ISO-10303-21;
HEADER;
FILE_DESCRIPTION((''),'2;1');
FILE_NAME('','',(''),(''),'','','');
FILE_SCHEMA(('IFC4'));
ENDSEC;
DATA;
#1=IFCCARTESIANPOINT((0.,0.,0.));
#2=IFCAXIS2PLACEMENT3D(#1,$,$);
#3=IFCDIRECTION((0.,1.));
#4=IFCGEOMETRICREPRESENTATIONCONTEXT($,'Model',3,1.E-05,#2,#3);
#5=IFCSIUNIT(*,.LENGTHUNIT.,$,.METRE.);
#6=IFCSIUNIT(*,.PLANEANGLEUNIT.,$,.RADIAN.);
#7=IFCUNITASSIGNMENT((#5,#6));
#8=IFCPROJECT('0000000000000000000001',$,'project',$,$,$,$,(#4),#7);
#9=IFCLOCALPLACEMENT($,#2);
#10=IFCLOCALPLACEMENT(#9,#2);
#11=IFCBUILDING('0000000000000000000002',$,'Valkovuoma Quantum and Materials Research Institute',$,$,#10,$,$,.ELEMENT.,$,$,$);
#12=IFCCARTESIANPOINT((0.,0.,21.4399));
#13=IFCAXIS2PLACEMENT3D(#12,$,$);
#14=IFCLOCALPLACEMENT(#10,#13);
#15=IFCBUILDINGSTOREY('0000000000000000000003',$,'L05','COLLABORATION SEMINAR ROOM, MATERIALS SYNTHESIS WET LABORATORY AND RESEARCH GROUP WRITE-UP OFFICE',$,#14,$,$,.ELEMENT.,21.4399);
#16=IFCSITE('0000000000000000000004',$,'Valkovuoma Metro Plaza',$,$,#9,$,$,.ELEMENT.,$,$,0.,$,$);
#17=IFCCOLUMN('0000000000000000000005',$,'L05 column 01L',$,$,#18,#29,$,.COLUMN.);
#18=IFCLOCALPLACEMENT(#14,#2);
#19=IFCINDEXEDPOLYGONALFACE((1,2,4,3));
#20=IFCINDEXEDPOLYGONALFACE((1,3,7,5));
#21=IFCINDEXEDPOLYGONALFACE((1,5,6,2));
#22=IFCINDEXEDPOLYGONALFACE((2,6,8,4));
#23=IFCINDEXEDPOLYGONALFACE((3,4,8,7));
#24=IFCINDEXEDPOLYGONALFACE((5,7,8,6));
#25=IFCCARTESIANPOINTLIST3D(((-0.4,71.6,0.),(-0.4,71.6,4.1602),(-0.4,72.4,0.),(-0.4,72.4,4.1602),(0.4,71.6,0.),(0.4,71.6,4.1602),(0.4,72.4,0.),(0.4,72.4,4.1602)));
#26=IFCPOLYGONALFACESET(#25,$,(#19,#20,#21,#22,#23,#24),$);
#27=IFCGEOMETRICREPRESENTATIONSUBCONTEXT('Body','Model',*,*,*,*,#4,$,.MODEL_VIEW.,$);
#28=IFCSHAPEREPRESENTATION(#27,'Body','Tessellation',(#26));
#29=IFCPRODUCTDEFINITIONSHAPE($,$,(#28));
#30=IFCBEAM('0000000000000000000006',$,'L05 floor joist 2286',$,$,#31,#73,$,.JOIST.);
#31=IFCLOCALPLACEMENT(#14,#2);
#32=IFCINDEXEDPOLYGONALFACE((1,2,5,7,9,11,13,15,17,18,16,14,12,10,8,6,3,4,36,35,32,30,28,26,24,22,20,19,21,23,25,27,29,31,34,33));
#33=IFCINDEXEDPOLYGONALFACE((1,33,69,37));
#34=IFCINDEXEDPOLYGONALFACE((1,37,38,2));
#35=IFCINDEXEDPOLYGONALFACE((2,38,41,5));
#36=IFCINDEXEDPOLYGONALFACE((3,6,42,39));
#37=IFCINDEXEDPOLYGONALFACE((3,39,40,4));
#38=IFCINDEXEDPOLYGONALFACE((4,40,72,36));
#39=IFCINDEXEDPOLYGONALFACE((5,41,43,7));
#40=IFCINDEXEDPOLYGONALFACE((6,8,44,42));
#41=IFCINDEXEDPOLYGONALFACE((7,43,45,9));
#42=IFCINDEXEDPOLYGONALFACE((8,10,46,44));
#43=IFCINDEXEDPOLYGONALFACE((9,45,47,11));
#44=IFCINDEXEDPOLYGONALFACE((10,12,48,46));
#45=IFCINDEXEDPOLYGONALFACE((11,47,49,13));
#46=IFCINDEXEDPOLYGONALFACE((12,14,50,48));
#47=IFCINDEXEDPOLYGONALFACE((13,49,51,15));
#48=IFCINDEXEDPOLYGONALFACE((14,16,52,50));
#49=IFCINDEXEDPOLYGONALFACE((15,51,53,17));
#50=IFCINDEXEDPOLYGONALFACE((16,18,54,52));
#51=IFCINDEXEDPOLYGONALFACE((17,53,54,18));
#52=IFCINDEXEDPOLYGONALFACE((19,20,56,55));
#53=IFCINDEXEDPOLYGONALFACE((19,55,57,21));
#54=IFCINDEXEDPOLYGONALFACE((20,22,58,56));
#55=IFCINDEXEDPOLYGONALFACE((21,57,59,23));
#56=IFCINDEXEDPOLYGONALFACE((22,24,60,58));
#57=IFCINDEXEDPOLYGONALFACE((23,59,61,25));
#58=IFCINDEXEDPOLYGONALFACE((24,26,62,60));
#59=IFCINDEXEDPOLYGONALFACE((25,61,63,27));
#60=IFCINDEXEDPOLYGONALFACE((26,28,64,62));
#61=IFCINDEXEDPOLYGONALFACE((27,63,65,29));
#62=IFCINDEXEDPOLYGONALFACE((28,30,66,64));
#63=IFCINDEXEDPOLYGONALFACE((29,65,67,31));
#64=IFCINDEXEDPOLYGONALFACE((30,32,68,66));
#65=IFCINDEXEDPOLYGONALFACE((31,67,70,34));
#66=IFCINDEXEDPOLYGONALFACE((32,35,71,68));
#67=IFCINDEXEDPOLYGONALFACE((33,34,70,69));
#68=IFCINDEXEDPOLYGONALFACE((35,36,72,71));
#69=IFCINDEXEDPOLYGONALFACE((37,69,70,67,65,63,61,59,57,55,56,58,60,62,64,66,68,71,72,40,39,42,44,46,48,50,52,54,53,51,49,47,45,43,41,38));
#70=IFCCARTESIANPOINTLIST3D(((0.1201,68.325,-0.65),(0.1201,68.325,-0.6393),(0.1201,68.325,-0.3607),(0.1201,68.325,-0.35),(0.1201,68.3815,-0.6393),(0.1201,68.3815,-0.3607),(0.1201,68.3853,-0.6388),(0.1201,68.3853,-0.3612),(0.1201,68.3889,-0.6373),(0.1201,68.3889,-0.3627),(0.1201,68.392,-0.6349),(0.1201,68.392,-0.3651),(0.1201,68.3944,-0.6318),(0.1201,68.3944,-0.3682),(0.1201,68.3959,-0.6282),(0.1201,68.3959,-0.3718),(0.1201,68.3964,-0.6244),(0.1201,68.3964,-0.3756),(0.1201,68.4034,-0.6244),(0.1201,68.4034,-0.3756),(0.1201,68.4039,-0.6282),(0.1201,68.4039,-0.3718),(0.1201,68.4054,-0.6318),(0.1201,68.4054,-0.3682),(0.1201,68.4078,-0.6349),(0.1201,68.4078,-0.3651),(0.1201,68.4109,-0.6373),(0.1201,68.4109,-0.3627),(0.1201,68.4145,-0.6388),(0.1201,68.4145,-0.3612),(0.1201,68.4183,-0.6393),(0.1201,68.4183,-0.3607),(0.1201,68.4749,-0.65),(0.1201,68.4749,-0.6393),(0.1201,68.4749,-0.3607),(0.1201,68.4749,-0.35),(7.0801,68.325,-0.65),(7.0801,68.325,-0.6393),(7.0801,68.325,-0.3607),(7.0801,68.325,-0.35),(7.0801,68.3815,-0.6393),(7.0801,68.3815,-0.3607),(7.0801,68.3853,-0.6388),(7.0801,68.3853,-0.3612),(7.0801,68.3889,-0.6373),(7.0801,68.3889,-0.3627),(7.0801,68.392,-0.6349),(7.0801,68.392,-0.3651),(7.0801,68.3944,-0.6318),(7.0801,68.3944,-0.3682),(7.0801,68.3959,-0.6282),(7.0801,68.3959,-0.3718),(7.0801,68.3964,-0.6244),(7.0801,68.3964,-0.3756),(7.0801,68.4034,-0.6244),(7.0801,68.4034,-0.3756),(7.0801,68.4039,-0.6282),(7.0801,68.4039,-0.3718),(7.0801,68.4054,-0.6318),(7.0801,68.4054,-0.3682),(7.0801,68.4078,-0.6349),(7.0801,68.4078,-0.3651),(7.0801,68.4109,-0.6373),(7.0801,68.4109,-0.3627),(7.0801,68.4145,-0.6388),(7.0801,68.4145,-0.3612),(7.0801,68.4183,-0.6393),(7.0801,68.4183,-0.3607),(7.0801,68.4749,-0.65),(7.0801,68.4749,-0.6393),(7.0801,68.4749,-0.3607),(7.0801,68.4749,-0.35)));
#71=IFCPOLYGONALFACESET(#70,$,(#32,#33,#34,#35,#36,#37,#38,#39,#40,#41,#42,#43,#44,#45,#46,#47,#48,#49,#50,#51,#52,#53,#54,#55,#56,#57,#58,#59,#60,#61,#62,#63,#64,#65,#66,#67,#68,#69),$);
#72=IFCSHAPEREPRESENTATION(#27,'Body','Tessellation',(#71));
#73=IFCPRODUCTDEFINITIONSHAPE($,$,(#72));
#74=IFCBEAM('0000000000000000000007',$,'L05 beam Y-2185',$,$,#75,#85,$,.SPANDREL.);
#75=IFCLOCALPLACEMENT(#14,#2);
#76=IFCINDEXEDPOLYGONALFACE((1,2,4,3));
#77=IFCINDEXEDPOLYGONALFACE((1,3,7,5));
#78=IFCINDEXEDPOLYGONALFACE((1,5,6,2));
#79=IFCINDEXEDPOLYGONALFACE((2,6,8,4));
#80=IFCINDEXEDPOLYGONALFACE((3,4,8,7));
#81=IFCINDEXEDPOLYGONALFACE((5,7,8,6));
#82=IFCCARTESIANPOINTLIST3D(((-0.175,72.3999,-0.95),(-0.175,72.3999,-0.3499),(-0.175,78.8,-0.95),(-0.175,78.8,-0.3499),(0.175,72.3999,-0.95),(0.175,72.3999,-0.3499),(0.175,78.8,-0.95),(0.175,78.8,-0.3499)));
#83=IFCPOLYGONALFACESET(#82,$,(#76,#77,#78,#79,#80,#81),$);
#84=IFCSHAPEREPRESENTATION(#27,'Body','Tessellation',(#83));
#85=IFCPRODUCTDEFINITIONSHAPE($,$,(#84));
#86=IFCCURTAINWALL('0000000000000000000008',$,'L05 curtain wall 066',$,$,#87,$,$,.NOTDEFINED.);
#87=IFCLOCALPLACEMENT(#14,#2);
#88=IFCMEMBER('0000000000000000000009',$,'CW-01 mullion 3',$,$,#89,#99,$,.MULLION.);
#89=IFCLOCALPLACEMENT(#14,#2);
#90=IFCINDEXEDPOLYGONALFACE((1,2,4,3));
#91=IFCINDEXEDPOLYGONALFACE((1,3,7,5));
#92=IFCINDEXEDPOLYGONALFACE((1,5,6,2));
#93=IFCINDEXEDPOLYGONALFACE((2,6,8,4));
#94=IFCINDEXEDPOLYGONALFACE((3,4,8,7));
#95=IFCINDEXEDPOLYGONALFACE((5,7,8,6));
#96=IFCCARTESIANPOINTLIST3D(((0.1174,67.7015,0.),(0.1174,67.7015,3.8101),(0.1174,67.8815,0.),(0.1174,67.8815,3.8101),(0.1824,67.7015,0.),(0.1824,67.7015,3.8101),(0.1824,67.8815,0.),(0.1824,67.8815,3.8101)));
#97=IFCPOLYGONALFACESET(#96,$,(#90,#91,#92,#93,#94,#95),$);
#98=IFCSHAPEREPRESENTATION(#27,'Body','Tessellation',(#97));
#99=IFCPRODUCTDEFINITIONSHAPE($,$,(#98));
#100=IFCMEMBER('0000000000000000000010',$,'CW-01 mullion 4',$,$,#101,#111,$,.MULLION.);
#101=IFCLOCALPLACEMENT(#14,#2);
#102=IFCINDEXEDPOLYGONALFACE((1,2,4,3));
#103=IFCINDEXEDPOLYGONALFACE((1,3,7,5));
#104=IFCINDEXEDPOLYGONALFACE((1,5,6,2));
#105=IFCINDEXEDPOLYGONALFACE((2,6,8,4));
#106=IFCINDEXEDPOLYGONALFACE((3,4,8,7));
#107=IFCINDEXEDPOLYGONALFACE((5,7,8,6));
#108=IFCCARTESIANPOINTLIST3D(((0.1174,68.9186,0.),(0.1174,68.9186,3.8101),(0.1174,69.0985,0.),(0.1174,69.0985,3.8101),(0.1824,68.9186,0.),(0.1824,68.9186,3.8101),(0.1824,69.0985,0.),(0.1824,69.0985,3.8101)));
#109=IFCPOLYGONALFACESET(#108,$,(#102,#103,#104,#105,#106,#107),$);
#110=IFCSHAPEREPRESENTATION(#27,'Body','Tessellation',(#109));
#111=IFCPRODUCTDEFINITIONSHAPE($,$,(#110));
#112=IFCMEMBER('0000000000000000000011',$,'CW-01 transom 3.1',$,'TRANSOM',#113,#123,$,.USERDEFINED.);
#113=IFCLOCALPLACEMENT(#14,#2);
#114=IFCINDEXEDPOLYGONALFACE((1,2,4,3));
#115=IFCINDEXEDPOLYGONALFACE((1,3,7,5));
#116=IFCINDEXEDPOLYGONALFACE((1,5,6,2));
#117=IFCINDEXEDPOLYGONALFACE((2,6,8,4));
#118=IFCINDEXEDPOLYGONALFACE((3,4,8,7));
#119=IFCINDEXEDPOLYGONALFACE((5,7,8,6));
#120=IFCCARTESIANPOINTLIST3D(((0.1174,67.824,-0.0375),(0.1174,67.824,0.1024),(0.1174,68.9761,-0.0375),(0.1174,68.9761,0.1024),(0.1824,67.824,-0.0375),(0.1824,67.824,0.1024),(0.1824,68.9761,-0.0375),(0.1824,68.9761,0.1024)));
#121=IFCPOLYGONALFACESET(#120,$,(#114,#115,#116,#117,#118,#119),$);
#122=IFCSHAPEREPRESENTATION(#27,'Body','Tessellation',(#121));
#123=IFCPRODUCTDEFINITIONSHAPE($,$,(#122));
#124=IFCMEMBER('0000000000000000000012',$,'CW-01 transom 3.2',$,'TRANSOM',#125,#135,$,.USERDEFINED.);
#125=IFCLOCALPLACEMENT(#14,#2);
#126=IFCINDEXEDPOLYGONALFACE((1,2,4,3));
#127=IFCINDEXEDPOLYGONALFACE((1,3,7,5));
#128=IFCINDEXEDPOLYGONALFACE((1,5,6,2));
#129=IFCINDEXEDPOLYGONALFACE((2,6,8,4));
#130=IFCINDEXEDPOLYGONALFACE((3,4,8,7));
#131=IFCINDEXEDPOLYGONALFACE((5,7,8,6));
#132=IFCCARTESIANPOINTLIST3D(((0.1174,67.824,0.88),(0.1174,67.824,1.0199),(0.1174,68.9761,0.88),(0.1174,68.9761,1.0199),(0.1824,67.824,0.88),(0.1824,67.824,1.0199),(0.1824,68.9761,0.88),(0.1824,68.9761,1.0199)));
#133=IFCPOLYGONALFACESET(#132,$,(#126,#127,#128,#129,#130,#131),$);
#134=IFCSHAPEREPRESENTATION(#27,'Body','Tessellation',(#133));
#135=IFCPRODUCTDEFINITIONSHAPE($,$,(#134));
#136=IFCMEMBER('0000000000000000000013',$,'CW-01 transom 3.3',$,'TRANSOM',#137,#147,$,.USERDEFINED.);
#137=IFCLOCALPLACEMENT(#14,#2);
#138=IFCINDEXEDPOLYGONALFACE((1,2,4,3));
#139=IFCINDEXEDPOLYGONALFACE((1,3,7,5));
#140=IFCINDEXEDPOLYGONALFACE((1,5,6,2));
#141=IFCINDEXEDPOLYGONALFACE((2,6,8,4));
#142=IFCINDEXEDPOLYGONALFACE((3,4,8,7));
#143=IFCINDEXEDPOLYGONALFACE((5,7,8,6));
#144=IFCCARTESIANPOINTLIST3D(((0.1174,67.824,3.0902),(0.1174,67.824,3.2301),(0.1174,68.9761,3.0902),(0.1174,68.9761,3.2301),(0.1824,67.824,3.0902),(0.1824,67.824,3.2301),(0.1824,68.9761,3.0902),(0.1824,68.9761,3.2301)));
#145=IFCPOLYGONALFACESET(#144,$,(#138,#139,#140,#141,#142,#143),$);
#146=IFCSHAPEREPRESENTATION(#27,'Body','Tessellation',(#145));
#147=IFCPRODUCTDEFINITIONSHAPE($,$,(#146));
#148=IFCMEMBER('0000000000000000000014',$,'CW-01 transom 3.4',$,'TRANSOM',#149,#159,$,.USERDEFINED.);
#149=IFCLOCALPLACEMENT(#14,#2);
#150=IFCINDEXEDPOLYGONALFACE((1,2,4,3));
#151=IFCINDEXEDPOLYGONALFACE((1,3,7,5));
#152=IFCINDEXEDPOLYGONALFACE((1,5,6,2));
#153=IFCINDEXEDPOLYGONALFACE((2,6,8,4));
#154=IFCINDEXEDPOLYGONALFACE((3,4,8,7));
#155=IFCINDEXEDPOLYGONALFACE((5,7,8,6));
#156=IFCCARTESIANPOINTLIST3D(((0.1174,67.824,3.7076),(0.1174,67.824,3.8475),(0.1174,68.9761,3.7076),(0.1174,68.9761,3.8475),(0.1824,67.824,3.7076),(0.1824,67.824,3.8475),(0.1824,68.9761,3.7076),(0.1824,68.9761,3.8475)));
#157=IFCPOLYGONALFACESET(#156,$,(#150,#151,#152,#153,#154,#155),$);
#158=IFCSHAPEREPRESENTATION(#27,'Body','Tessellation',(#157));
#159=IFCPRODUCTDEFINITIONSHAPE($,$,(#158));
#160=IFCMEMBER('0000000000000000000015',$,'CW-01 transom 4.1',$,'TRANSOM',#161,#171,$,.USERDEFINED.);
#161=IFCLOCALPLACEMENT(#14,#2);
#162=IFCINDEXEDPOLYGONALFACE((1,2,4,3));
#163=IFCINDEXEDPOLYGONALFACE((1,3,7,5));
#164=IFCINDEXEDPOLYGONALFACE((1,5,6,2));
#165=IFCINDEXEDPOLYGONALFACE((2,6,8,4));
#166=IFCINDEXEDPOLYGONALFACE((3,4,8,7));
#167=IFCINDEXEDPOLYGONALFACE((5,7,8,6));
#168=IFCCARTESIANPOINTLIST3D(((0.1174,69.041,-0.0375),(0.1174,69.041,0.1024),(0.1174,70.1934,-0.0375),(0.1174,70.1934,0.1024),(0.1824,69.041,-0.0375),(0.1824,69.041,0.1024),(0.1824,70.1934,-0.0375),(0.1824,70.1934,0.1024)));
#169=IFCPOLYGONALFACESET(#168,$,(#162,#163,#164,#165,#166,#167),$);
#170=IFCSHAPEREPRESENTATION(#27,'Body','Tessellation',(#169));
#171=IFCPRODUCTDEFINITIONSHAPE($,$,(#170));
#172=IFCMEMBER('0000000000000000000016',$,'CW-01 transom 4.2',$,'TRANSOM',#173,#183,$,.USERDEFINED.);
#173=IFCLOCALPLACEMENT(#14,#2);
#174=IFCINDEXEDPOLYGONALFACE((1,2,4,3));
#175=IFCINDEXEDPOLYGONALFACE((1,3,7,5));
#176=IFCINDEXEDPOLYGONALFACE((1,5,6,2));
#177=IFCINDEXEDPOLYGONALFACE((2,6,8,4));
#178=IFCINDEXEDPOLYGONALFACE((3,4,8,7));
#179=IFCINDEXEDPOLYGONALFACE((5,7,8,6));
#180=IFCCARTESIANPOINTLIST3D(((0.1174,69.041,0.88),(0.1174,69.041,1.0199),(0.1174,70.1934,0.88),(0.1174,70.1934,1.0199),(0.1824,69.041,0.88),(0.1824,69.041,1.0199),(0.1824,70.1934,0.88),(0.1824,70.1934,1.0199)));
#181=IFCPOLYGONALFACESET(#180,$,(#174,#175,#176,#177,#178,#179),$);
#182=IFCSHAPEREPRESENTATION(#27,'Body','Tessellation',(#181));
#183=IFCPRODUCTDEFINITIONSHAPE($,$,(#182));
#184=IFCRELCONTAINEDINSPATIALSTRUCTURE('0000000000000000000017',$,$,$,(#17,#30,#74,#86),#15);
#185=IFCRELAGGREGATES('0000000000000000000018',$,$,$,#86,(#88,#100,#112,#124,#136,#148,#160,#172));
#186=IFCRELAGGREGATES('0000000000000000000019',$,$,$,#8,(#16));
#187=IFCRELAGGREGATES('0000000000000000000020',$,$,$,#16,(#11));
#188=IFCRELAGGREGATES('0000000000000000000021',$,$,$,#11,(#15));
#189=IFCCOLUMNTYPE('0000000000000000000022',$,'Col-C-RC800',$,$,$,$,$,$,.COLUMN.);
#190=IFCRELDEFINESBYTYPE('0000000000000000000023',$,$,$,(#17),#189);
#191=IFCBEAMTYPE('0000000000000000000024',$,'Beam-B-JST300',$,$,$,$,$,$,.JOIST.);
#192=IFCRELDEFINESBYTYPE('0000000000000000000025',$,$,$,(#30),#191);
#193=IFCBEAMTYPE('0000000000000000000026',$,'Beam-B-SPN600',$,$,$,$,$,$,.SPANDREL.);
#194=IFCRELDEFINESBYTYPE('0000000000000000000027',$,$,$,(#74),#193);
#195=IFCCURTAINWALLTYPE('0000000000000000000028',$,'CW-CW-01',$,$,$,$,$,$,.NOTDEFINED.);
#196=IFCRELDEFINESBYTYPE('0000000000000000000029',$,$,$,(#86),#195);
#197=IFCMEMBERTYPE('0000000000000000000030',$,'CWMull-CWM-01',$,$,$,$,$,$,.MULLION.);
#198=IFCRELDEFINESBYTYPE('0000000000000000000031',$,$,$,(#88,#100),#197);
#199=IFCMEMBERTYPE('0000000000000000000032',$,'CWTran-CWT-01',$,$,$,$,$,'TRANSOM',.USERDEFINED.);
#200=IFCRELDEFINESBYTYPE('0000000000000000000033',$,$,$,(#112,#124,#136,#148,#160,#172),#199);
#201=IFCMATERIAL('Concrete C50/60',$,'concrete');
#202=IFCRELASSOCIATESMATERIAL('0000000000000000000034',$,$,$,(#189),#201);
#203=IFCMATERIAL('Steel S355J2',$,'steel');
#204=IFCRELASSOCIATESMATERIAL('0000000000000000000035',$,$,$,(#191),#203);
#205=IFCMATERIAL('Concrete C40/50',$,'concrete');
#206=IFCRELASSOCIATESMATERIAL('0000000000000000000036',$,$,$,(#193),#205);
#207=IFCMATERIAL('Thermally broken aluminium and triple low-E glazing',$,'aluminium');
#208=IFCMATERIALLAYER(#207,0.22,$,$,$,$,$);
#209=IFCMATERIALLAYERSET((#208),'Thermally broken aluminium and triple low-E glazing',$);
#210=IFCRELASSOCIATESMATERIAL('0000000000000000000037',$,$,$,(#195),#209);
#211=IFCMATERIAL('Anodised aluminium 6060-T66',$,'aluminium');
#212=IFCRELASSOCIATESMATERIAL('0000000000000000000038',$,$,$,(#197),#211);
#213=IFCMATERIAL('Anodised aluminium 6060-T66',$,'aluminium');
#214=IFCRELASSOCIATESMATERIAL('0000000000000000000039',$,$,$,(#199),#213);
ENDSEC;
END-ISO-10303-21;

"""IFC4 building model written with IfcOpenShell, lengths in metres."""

from ifc_helpers import new_model, si_unit, direction, frame, origin, origin_2d, place, context, subcontext, project, spatial, rectangle, i_section, extrude, material, layer, layer_set, material_profile, profile_set, type_object, element, aggregate, save


model = new_model("IFC4")

# Units and contexts
model_context = context("Model", 3, precision=1e-05, world=origin(), true_north=direction((0.0, 1.0)))
body_context = subcontext(model_context, "Body", "Model", "MODEL_VIEW")
ifc_project = project(units=[si_unit("LENGTHUNIT", "METRE"), si_unit("PLANEANGLEUNIT", "RADIAN")], contexts=[model_context])

# Site, building, storey
site_placement = place(None, origin())
site = spatial("IfcSite", under=ifc_project, at=site_placement, Name="Valkovuoma Metro Plaza", CompositionType="ELEMENT", RefElevation=0.0)
building_placement = place(site_placement, origin())
building = spatial("IfcBuilding", under=site, at=building_placement, Name="Valkovuoma Quantum and Materials Research Institute", CompositionType="ELEMENT")
storey_placement = place(building_placement, frame((0.0, 0.0, 21.4399)))
storey = spatial("IfcBuildingStorey", under=building, at=storey_placement, Name="L05", Description="COLLABORATION SEMINAR ROOM, MATERIALS SYNTHESIS WET LABORATORY AND RESEARCH GROUP WRITE-UP OFFICE", CompositionType="ELEMENT", Elevation=21.4399)

# Column
ifc_material_1 = material(Name="Concrete C50/60", Category="concrete")
ifc_material_profile_1 = material_profile(ifc_material_1, rectangle(XDim=0.8, YDim=0.8, at=origin_2d()), Name="Concrete C50/60")
ifc_profile_set_1 = profile_set([ifc_material_profile_1], Name="Concrete C50/60")
column_type = type_object("IfcColumnType", Name="Col-C-RC800", PredefinedType="COLUMN", material=ifc_profile_set_1)
column_placement = place(storey_placement, frame((0.0, 72.0, 0.0), z_axis=(0.0, 0.0, 1.0), x_axis=(1.0, 0.0, 0.0)))
element("IfcColumn", 1, at=column_placement, inside=storey, type_object=column_type, Name="L05 column 01L", PredefinedType="COLUMN", context=body_context, shape_type="SweptSolid", body=[
    extrude(rectangle(XDim=0.8, YDim=0.8, at=origin_2d()), origin(), (0.0, 0.0, 1.0), 4.1602),
])

# Beams
ifc_material_2 = material(Name="Steel S355J2", Category="steel")
ifc_material_profile_2 = material_profile(ifc_material_2, i_section(OverallWidth=0.1499, OverallDepth=0.3, WebThickness=0.0071, FlangeThickness=0.0107, FilletRadius=0.0149, at=origin_2d()), Name="Steel S355J2")
ifc_profile_set_2 = profile_set([ifc_material_profile_2], Name="Steel S355J2")
beam_type_1 = type_object("IfcBeamType", Name="Beam-B-JST300", PredefinedType="JOIST", material=ifc_profile_set_2)
beam_1_placement = place(storey_placement, frame((0.1201, 68.3999, -0.5), z_axis=(1.0, 0.0, 0.0), x_axis=(0.0, 1.0, 0.0)))
element("IfcBeam", 2, at=beam_1_placement, inside=storey, type_object=beam_type_1, Name="L05 floor joist 2286", PredefinedType="JOIST", context=body_context, shape_type="SweptSolid", body=[
    extrude(i_section(OverallWidth=0.1499, OverallDepth=0.3, WebThickness=0.0071, FlangeThickness=0.0107, FilletRadius=0.0149, at=origin_2d()), origin(), (0.0, 0.0, 1.0), 6.96),
])
ifc_material_3 = material(Name="Concrete C40/50", Category="concrete")
ifc_material_profile_3 = material_profile(ifc_material_3, rectangle(XDim=0.3501, YDim=0.6001, at=origin_2d()), Name="Concrete C40/50")
ifc_profile_set_3 = profile_set([ifc_material_profile_3], Name="Concrete C40/50")
beam_type_2 = type_object("IfcBeamType", Name="Beam-B-SPN600", PredefinedType="SPANDREL", material=ifc_profile_set_3)
beam_2_placement = place(storey_placement, frame((0.0, 72.3999, -0.6499), z_axis=(0.0, 1.0, 0.0), x_axis=(-1.0, 0.0, 0.0)))
element("IfcBeam", 3, at=beam_2_placement, inside=storey, type_object=beam_type_2, Name="L05 beam Y-2185", PredefinedType="SPANDREL", context=body_context, shape_type="SweptSolid", body=[
    extrude(rectangle(XDim=0.3501, YDim=0.6001, at=origin_2d()), origin(), (0.0, 0.0, 1.0), 6.4001),
])

# Curtain wall, members
ifc_material_4 = material(Name="Thermally broken aluminium and triple low-E glazing", Category="aluminium")
ifc_layer_1 = layer(ifc_material_4, 0.22)
ifc_layer_set_1 = layer_set([ifc_layer_1], Name="Thermally broken aluminium and triple low-E glazing")
curtain_wall_type = type_object("IfcCurtainWallType", Name="CW-CW-01", PredefinedType="NOTDEFINED", material=ifc_layer_set_1)
curtain_wall_placement = place(storey_placement, origin())
curtain_wall = element("IfcCurtainWall", 4, at=curtain_wall_placement, inside=storey, type_object=curtain_wall_type, Name="L05 curtain wall 066", PredefinedType="NOTDEFINED")
ifc_material_5 = material(Name="Anodised aluminium 6060-T66", Category="aluminium")
ifc_material_profile_4 = material_profile(ifc_material_5, rectangle(XDim=0.0649, YDim=0.1799, at=origin_2d()), Name="Anodised aluminium 6060-T66")
ifc_profile_set_4 = profile_set([ifc_material_profile_4], Name="Anodised aluminium 6060-T66")
member_type_1 = type_object("IfcMemberType", Name="CWMull-CWM-01", PredefinedType="MULLION", material=ifc_profile_set_4)
member_1_placement = place(storey_placement, frame((0.1499, 67.7915, 0.0), z_axis=(0.0, 0.0, 1.0), x_axis=(-1.0, 0.0, 0.0)))
member_1 = element("IfcMember", 5, at=member_1_placement, type_object=member_type_1, Name="CW-01 mullion 3", PredefinedType="MULLION", context=body_context, shape_type="SweptSolid", body=[
    extrude(rectangle(XDim=0.0649, YDim=0.1799, at=origin_2d()), origin(), (0.0, 0.0, 1.0), 3.8101),
])
member_2_placement = place(storey_placement, frame((0.1499, 69.0085, 0.0), z_axis=(0.0, 0.0, 1.0), x_axis=(-1.0, 0.0, 0.0)))
member_2 = element("IfcMember", 6, at=member_2_placement, type_object=member_type_1, Name="CW-01 mullion 4", PredefinedType="MULLION", context=body_context, shape_type="SweptSolid", body=[
    extrude(rectangle(XDim=0.0649, YDim=0.1799, at=origin_2d()), origin(), (0.0, 0.0, 1.0), 3.8101),
])
ifc_material_6 = material(Name="Anodised aluminium 6060-T66", Category="aluminium")
ifc_material_profile_5 = material_profile(ifc_material_6, rectangle(XDim=0.0649, YDim=0.1399, at=origin_2d()), Name="Anodised aluminium 6060-T66")
ifc_profile_set_5 = profile_set([ifc_material_profile_5], Name="Anodised aluminium 6060-T66")
member_type_2 = type_object("IfcMemberType", Name="CWTran-CWT-01", ElementType="TRANSOM", PredefinedType="USERDEFINED", material=ifc_profile_set_5)
member_3_placement = place(storey_placement, frame((0.1499, 67.824, 0.0325), z_axis=(0.0, 1.0, 0.0), x_axis=(-1.0, 0.0, 0.0)))
member_3 = element("IfcMember", 7, at=member_3_placement, type_object=member_type_2, Name="CW-01 transom 3.1", ObjectType="TRANSOM", PredefinedType="USERDEFINED", context=body_context, shape_type="SweptSolid", body=[
    extrude(rectangle(XDim=0.0649, YDim=0.1399, at=origin_2d()), origin(), (0.0, 0.0, 1.0), 1.1521),
])
member_4_placement = place(storey_placement, frame((0.1499, 67.824, 0.95), z_axis=(0.0, 1.0, 0.0), x_axis=(-1.0, 0.0, 0.0)))
member_4 = element("IfcMember", 8, at=member_4_placement, type_object=member_type_2, Name="CW-01 transom 3.2", ObjectType="TRANSOM", PredefinedType="USERDEFINED", context=body_context, shape_type="SweptSolid", body=[
    extrude(rectangle(XDim=0.0649, YDim=0.1399, at=origin_2d()), origin(), (0.0, 0.0, 1.0), 1.1521),
])
member_5_placement = place(storey_placement, frame((0.1499, 67.824, 3.1602), z_axis=(0.0, 1.0, 0.0), x_axis=(-1.0, 0.0, 0.0)))
member_5 = element("IfcMember", 9, at=member_5_placement, type_object=member_type_2, Name="CW-01 transom 3.3", ObjectType="TRANSOM", PredefinedType="USERDEFINED", context=body_context, shape_type="SweptSolid", body=[
    extrude(rectangle(XDim=0.0649, YDim=0.1399, at=origin_2d()), origin(), (0.0, 0.0, 1.0), 1.1521),
])
member_6_placement = place(storey_placement, frame((0.1499, 67.824, 3.7776), z_axis=(0.0, 1.0, 0.0), x_axis=(-1.0, 0.0, 0.0)))
member_6 = element("IfcMember", 10, at=member_6_placement, type_object=member_type_2, Name="CW-01 transom 3.4", ObjectType="TRANSOM", PredefinedType="USERDEFINED", context=body_context, shape_type="SweptSolid", body=[
    extrude(rectangle(XDim=0.0649, YDim=0.1399, at=origin_2d()), origin(), (0.0, 0.0, 1.0), 1.1521),
])
member_7_placement = place(storey_placement, frame((0.1499, 69.041, 0.0325), z_axis=(0.0, 1.0, 0.0), x_axis=(-1.0, 0.0, 0.0)))
member_7 = element("IfcMember", 11, at=member_7_placement, type_object=member_type_2, Name="CW-01 transom 4.1", ObjectType="TRANSOM", PredefinedType="USERDEFINED", context=body_context, shape_type="SweptSolid", body=[
    extrude(rectangle(XDim=0.0649, YDim=0.1399, at=origin_2d()), origin(), (0.0, 0.0, 1.0), 1.1523),
])
member_8_placement = place(storey_placement, frame((0.1499, 69.041, 0.95), z_axis=(0.0, 1.0, 0.0), x_axis=(-1.0, 0.0, 0.0)))
member_8 = element("IfcMember", 12, at=member_8_placement, type_object=member_type_2, Name="CW-01 transom 4.2", ObjectType="TRANSOM", PredefinedType="USERDEFINED", context=body_context, shape_type="SweptSolid", body=[
    extrude(rectangle(XDim=0.0649, YDim=0.1399, at=origin_2d()), origin(), (0.0, 0.0, 1.0), 1.1523),
])
aggregate(curtain_wall, [member_1, member_2, member_3, member_4, member_5, member_6, member_7, member_8])

save(model, "model.ifc")
